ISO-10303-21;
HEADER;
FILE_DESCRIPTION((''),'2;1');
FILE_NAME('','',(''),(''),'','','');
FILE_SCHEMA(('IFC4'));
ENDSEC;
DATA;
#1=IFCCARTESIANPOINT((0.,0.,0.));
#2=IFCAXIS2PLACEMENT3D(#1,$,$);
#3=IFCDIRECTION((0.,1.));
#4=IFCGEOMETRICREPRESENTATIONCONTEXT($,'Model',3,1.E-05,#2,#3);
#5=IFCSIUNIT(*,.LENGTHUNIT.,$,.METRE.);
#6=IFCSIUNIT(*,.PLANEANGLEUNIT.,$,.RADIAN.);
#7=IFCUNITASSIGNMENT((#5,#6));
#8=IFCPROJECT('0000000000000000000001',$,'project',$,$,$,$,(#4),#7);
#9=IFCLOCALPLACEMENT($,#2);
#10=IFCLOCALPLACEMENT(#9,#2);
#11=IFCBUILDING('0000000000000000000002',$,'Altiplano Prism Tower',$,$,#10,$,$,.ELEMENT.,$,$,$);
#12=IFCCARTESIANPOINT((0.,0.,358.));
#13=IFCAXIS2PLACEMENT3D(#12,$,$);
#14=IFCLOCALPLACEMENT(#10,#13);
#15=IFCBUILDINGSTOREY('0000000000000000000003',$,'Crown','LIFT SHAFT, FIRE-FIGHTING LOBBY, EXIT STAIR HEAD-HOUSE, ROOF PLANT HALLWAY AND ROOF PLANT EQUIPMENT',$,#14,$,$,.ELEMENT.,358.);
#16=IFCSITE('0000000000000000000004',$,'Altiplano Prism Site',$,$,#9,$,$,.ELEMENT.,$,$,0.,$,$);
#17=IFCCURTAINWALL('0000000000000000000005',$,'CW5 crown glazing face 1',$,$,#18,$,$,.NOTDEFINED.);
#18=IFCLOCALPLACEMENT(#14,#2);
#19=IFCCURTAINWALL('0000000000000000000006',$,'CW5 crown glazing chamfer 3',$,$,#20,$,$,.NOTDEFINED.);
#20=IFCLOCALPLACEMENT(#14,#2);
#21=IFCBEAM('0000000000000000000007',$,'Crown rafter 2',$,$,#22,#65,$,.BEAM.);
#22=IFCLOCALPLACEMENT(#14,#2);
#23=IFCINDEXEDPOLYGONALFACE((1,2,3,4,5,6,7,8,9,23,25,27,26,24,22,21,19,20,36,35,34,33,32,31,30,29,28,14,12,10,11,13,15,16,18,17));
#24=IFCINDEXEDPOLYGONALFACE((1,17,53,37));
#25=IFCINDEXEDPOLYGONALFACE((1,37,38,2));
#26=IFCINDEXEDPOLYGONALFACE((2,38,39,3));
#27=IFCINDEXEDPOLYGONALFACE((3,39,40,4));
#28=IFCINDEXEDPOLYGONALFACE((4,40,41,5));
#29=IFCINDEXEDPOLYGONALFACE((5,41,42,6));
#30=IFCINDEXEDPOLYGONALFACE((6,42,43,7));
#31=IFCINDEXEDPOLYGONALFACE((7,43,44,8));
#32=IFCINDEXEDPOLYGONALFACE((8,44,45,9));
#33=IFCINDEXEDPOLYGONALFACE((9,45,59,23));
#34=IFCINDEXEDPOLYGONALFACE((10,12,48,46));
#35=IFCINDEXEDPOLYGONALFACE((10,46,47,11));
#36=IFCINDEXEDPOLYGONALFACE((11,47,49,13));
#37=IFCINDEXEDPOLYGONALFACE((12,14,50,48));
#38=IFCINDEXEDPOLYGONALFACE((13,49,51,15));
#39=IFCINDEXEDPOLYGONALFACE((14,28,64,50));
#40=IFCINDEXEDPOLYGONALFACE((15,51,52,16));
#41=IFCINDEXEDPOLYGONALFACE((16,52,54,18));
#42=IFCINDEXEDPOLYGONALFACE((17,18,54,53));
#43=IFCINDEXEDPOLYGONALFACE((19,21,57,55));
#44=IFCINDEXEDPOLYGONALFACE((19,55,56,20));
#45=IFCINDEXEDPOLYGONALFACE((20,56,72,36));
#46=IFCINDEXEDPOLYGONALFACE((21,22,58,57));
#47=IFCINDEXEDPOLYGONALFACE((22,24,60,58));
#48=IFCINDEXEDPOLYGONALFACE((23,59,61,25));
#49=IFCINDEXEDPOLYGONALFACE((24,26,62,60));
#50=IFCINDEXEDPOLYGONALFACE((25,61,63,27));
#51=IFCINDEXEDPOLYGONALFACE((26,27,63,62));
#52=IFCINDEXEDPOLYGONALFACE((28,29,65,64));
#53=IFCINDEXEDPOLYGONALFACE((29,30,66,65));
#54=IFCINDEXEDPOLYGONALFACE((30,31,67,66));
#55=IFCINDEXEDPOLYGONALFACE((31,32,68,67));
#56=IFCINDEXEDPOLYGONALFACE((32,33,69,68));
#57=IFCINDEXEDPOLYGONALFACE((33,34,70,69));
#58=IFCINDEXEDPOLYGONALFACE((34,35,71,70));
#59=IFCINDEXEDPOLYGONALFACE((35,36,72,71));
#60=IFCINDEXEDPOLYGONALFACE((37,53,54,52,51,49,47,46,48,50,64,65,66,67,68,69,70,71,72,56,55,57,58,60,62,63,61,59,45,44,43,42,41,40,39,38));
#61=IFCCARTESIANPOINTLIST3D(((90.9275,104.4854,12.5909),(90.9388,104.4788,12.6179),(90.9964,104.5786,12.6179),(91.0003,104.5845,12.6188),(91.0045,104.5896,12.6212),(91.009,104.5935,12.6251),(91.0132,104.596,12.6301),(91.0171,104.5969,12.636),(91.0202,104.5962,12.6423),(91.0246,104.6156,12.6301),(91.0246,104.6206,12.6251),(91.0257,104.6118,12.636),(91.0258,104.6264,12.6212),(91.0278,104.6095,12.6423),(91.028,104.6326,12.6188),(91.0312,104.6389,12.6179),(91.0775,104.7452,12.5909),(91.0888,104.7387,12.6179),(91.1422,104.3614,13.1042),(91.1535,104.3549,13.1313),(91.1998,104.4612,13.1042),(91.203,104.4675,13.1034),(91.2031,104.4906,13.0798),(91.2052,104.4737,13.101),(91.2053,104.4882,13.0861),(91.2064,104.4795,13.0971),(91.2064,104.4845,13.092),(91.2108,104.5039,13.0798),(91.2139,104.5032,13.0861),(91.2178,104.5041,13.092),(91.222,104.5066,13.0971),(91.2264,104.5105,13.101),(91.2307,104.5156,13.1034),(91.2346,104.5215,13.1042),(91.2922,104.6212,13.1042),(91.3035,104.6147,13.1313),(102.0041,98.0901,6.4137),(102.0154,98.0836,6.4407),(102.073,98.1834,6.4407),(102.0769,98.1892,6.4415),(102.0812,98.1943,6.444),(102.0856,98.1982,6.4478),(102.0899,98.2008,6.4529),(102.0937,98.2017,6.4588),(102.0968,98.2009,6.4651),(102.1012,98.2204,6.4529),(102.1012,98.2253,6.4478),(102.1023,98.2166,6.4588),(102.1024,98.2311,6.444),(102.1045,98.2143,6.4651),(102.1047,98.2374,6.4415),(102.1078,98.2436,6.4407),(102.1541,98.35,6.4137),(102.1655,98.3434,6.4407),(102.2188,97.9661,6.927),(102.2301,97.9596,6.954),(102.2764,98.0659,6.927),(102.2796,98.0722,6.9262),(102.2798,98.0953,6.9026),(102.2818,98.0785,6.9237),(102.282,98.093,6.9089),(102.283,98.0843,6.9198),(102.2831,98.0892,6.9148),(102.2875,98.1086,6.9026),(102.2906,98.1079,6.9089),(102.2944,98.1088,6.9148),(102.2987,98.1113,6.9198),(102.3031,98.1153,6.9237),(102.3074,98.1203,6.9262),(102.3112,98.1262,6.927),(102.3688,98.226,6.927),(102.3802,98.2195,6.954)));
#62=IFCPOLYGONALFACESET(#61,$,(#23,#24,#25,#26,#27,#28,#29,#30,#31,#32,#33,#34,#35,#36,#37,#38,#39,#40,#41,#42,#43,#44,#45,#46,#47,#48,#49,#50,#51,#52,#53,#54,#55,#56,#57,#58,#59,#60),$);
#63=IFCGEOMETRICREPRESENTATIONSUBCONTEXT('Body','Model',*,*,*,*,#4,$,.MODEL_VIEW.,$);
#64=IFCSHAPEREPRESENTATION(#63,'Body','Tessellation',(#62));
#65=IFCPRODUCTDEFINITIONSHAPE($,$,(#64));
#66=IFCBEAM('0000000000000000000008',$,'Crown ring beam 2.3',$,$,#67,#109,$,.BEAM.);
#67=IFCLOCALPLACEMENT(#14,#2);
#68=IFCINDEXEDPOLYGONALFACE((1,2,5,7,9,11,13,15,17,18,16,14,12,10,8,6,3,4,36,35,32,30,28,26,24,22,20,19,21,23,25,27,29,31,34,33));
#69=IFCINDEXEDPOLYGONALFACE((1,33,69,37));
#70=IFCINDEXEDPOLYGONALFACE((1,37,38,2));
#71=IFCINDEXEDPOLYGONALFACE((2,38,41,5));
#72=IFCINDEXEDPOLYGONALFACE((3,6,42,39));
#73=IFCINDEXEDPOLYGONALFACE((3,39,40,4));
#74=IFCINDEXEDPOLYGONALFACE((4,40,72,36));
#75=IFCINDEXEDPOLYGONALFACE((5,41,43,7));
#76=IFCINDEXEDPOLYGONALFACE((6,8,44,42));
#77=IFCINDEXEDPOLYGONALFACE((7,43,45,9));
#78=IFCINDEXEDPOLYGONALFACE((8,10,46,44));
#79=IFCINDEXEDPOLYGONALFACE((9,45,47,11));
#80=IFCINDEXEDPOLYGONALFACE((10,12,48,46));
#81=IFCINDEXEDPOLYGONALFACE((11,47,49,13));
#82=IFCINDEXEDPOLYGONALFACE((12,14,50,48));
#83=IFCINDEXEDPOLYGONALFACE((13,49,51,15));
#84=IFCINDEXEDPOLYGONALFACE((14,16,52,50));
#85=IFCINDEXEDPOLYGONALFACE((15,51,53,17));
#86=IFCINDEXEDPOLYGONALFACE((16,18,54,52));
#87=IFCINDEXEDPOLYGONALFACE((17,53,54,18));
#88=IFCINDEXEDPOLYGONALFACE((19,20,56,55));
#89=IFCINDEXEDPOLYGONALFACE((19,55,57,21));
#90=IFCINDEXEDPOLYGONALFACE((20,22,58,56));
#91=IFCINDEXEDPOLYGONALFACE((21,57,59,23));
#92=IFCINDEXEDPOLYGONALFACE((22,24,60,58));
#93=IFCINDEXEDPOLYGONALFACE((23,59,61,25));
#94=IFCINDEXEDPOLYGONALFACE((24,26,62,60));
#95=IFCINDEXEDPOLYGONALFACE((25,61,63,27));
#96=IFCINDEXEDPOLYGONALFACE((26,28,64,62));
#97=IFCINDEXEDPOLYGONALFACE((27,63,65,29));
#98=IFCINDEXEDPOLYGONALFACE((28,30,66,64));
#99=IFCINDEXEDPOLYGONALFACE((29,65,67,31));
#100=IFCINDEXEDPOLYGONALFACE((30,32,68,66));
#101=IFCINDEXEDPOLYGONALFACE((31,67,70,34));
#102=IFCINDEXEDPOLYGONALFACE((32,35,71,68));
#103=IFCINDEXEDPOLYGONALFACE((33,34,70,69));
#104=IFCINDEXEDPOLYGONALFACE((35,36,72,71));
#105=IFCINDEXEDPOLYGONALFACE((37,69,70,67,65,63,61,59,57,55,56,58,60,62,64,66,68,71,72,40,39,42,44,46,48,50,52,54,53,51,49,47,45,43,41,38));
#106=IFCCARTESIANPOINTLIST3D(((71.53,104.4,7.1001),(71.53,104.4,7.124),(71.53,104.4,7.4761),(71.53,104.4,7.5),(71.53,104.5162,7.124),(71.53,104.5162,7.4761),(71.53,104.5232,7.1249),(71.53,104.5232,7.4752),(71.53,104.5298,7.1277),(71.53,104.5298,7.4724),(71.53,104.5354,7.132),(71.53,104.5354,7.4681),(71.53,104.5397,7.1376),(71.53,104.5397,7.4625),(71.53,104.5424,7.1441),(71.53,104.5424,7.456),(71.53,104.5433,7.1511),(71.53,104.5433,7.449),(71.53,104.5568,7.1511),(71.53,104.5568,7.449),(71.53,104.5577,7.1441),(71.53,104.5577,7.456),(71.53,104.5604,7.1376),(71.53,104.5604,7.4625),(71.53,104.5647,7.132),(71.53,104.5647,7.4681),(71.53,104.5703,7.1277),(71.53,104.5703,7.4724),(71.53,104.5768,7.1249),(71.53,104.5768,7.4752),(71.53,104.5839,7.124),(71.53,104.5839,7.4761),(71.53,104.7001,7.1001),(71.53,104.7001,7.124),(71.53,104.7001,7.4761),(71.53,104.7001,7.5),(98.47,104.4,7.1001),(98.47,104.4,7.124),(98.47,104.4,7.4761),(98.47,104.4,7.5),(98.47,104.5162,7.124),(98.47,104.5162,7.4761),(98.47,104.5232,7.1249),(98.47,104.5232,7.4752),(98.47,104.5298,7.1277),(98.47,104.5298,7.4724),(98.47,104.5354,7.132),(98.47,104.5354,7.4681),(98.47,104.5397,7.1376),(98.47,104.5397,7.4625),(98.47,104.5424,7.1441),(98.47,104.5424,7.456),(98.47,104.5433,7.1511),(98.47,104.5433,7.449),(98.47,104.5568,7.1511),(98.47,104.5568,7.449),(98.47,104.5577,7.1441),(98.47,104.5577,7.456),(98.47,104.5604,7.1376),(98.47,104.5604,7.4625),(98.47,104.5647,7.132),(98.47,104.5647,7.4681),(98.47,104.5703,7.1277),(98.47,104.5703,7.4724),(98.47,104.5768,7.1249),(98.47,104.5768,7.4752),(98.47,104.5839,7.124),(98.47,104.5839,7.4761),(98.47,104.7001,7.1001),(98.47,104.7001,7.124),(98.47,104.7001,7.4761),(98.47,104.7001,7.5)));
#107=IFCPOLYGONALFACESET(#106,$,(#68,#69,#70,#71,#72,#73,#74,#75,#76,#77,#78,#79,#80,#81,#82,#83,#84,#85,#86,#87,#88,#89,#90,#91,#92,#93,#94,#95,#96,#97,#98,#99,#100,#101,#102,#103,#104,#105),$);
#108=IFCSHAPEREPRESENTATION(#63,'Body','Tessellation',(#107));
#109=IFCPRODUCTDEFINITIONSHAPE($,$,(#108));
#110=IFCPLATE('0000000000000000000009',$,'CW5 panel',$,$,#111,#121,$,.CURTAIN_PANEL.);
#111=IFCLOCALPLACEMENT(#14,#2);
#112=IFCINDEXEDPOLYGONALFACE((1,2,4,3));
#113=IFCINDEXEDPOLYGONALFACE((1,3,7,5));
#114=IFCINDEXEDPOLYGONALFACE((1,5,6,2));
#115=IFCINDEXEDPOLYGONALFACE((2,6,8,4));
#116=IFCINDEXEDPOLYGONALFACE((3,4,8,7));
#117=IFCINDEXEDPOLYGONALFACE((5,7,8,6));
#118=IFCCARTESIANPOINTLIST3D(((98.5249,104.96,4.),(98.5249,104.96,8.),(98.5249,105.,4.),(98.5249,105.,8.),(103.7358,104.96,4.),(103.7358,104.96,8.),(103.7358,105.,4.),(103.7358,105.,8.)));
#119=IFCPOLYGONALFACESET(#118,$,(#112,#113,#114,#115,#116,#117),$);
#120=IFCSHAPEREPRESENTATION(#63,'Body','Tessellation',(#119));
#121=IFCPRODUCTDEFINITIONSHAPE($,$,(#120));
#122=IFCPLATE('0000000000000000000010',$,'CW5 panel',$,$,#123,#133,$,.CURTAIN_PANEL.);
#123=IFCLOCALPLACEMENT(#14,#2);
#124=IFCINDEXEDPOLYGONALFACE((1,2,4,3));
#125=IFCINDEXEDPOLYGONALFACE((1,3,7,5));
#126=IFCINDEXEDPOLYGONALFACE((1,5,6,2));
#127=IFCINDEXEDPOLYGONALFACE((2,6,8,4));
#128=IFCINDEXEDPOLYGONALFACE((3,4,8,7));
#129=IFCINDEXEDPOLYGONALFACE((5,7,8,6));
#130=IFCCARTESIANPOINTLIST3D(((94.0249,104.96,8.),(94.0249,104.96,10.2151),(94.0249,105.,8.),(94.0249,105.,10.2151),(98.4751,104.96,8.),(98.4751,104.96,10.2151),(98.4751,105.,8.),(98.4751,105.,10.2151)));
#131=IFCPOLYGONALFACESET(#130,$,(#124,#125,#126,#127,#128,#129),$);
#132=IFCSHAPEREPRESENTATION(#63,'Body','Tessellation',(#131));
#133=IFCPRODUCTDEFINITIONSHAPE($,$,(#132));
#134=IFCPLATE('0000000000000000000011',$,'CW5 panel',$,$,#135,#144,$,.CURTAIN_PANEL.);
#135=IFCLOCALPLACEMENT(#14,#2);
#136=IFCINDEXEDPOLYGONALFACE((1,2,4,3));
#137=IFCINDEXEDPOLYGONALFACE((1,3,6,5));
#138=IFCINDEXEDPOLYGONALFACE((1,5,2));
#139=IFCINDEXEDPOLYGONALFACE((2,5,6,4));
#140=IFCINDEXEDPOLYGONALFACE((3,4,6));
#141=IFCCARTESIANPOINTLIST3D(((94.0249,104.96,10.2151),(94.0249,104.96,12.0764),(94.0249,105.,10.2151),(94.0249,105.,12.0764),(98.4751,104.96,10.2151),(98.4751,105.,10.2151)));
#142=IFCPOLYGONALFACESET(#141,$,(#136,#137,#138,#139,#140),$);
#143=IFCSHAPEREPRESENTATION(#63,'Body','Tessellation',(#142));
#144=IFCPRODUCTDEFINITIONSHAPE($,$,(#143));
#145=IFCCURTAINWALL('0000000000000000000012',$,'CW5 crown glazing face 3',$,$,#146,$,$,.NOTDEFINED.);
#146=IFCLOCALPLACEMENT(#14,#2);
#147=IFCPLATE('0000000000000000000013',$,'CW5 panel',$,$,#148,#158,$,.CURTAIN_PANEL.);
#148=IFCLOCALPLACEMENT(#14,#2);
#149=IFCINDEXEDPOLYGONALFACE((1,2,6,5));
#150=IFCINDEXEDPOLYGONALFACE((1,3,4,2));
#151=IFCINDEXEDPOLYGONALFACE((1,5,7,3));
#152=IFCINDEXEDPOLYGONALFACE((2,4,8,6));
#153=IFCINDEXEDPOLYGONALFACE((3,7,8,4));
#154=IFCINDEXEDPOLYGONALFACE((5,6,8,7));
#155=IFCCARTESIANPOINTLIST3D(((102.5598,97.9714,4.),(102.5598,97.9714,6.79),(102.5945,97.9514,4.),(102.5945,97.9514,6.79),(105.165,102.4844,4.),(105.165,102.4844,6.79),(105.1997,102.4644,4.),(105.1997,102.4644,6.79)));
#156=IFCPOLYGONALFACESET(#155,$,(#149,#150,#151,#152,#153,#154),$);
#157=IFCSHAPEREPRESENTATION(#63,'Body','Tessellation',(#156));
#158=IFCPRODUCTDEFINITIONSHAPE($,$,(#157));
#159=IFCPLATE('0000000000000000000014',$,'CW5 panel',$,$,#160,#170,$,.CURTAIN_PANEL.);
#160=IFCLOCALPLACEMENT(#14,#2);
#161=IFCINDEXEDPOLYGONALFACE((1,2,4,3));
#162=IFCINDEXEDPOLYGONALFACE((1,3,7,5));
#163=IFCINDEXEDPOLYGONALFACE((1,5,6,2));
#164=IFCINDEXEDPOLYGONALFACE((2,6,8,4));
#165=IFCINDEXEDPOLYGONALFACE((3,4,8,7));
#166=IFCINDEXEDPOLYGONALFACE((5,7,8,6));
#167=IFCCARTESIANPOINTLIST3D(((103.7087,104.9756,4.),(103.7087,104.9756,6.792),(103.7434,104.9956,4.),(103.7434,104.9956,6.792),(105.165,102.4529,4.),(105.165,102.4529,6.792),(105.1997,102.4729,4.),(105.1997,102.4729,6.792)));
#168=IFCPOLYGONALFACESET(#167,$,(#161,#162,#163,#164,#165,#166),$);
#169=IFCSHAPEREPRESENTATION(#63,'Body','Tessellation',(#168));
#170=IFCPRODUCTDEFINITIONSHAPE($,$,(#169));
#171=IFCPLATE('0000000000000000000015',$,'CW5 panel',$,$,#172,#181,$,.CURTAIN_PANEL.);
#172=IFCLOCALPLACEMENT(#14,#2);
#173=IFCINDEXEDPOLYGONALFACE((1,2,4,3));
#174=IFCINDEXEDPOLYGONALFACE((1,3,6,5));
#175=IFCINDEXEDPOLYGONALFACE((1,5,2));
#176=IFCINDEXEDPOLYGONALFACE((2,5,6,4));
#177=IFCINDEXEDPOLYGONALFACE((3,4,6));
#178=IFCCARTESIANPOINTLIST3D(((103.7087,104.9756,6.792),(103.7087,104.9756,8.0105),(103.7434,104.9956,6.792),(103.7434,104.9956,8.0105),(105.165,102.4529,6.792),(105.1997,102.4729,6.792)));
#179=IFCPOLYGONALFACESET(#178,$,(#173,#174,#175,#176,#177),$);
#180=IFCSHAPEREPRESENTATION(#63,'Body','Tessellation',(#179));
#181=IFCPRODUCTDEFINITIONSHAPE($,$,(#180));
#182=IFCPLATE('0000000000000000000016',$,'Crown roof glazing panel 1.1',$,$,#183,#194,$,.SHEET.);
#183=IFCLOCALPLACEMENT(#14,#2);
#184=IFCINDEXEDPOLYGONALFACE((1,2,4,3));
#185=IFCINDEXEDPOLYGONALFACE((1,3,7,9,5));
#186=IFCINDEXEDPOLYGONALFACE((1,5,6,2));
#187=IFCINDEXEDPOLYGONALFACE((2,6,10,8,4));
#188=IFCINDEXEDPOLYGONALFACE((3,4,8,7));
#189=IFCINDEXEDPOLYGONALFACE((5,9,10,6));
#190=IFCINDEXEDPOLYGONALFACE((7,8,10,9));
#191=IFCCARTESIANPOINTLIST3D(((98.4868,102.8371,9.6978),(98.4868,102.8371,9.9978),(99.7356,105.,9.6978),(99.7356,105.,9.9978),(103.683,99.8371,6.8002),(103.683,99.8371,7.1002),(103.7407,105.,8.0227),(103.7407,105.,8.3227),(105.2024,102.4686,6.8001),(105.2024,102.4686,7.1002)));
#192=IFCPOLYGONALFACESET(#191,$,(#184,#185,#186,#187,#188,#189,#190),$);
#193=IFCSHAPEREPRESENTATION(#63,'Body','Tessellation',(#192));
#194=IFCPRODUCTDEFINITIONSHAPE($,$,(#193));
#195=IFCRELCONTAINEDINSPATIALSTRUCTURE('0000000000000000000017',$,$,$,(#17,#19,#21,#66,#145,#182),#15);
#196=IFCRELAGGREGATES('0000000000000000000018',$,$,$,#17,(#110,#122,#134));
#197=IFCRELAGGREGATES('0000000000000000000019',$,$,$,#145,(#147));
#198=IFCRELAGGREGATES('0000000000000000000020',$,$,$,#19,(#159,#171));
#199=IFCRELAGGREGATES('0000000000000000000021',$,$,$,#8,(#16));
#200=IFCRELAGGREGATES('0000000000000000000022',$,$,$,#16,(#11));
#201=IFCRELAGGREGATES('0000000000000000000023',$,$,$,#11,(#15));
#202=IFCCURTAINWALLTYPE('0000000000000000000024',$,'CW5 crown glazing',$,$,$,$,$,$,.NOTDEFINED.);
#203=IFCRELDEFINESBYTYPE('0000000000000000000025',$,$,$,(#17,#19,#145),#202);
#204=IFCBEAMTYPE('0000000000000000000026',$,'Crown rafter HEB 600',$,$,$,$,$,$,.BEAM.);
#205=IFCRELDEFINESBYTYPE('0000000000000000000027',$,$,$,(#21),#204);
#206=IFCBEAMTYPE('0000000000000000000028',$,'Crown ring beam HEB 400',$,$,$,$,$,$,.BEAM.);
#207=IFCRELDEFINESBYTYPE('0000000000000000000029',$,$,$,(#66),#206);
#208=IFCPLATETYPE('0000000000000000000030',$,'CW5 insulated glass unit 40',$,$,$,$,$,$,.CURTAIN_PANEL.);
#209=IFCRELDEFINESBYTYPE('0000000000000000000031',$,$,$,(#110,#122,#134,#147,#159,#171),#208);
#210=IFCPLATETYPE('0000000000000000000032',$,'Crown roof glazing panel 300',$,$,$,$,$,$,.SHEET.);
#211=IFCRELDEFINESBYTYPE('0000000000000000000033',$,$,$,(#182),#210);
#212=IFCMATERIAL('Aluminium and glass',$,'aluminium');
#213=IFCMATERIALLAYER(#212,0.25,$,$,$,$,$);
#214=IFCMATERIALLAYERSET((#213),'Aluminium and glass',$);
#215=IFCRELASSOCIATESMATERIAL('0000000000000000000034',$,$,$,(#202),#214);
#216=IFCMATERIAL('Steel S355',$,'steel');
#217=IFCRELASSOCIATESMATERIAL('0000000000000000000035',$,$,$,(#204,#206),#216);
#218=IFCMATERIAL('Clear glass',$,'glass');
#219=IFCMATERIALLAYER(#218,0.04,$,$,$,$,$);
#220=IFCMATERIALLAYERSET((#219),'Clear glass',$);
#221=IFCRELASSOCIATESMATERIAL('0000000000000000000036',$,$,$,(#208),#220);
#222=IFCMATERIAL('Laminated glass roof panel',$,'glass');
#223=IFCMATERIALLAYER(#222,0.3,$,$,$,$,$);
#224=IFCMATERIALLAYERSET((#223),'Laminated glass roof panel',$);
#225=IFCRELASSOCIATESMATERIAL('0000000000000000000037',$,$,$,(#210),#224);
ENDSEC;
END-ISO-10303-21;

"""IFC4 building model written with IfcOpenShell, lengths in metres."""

from ifc_helpers import new_model, si_unit, direction, frame, origin, origin_2d, place, context, subcontext, project, spatial, polyline, i_section, outline, extrude, material, layer, layer_set, material_profile, profile_set, type_object, element, aggregate, save


model = new_model("IFC4")

# Units and contexts
model_context = context("Model", 3, precision=1e-05, world=origin(), true_north=direction((0.0, 1.0)))
body_context = subcontext(model_context, "Body", "Model", "MODEL_VIEW")
ifc_project = project(units=[si_unit("LENGTHUNIT", "METRE"), si_unit("PLANEANGLEUNIT", "RADIAN")], contexts=[model_context])

# Site, building, storey
site_placement = place(None, origin())
site = spatial("IfcSite", under=ifc_project, at=site_placement, Name="Altiplano Prism Site", CompositionType="ELEMENT", RefElevation=0.0)
building_placement = place(site_placement, origin())
building = spatial("IfcBuilding", under=site, at=building_placement, Name="Altiplano Prism Tower", CompositionType="ELEMENT")
storey_placement = place(building_placement, frame((0.0, 0.0, 358.0)))
storey = spatial("IfcBuildingStorey", under=building, at=storey_placement, Name="Crown", Description="LIFT SHAFT, FIRE-FIGHTING LOBBY, EXIT STAIR HEAD-HOUSE, ROOF PLANT HALLWAY AND ROOF PLANT EQUIPMENT", CompositionType="ELEMENT", Elevation=358.0)

# Curtain wall
ifc_material_1 = material(Name="Aluminium and glass", Category="aluminium")
ifc_layer_1 = layer(ifc_material_1, 0.25)
ifc_layer_set_1 = layer_set([ifc_layer_1], Name="Aluminium and glass")
curtain_wall_type = type_object("IfcCurtainWallType", Name="CW5 crown glazing", PredefinedType="NOTDEFINED", material=ifc_layer_set_1)
curtain_wall_1_placement = place(storey_placement, origin())
curtain_wall_1 = element("IfcCurtainWall", 1, at=curtain_wall_1_placement, inside=storey, type_object=curtain_wall_type, Name="CW5 crown glazing face 1", PredefinedType="NOTDEFINED")

# Curtain wall
curtain_wall_2_placement = place(storey_placement, origin())
curtain_wall_2 = element("IfcCurtainWall", 2, at=curtain_wall_2_placement, inside=storey, type_object=curtain_wall_type, Name="CW5 crown glazing chamfer 3", PredefinedType="NOTDEFINED")

# Beams
ifc_material_2 = material(Name="Steel S355", Category="steel")
ifc_material_profile_1 = material_profile(ifc_material_2, i_section(OverallWidth=0.3, OverallDepth=0.6001, WebThickness=0.0154, FlangeThickness=0.03, FilletRadius=0.0271, at=origin_2d()), Name="Crown rafter HEB 600")
ifc_profile_set_1 = profile_set([ifc_material_profile_1], Name="Steel S355")
beam_type_1 = type_object("IfcBeamType", Name="Crown rafter HEB 600", PredefinedType="BEAM", material=ifc_profile_set_1)
beam_1_placement = place(storey_placement, frame((102.1921, 98.1548, 6.6838), z_axis=(-0.779833, 0.450248, 0.434899), x_axis=(-0.500009, -0.86602, 0.0)))
element("IfcBeam", 3, at=beam_1_placement, inside=storey, type_object=beam_type_1, Name="Crown rafter 2", PredefinedType="BEAM", context=body_context, shape_type="SweptSolid", body=[
    extrude(i_section(OverallWidth=0.3, OverallDepth=0.6001, WebThickness=0.0154, FlangeThickness=0.03, FilletRadius=0.0271, at=origin_2d()), origin(), (0.0, 0.0, 1.0), 14.2039),
])
ifc_material_profile_2 = material_profile(ifc_material_2, i_section(OverallWidth=0.3, OverallDepth=0.3999, WebThickness=0.0134, FlangeThickness=0.0239, FilletRadius=0.0271, at=origin_2d()), Name="Crown ring beam HEB 400")
ifc_profile_set_2 = profile_set([ifc_material_profile_2], Name="Steel S355")
beam_type_2 = type_object("IfcBeamType", Name="Crown ring beam HEB 400", PredefinedType="BEAM", material=ifc_profile_set_2)
beam_2_placement = place(storey_placement, frame((98.47, 104.55, 7.3), z_axis=(-1.0, 0.0, 0.0), x_axis=(0.0, -1.0, 0.0)))
element("IfcBeam", 4, at=beam_2_placement, inside=storey, type_object=beam_type_2, Name="Crown ring beam 2.3", PredefinedType="BEAM", context=body_context, shape_type="SweptSolid", body=[
    extrude(i_section(OverallWidth=0.3, OverallDepth=0.3999, WebThickness=0.0134, FlangeThickness=0.0239, FilletRadius=0.0271, at=origin_2d()), origin(), (0.0, 0.0, 1.0), 26.9399),
])

# Plates
ifc_material_3 = material(Name="Clear glass", Category="glass")
ifc_layer_2 = layer(ifc_material_3, 0.04)
ifc_layer_set_2 = layer_set([ifc_layer_2], Name="Clear glass")
plate_type_1 = type_object("IfcPlateType", Name="CW5 insulated glass unit 40", PredefinedType="CURTAIN_PANEL", material=ifc_layer_set_2)
plate_1_placement = place(storey_placement, frame((103.7358, 105.0, 4.0), z_axis=(0.0, 1.0, 0.0), x_axis=(-1.0, 0.0, 0.0)))
plate_1 = element("IfcPlate", 5, at=plate_1_placement, type_object=plate_type_1, Name="CW5 panel", PredefinedType="CURTAIN_PANEL", context=body_context, shape_type="SweptSolid", body=[
    extrude(outline(polyline([(0.0, 0.0), (5.2109, 0.0), (5.2109, 4.0), (0.0, 4.0), (0.0, 0.0)])), origin(), (0.0, 0.0, -1.0), 0.04),
])
plate_2_placement = place(storey_placement, frame((98.4751, 105.0, 8.0), z_axis=(0.0, 1.0, 0.0), x_axis=(-1.0, 0.0, 0.0)))
plate_2 = element("IfcPlate", 6, at=plate_2_placement, type_object=plate_type_1, Name="CW5 panel", PredefinedType="CURTAIN_PANEL", context=body_context, shape_type="SweptSolid", body=[
    extrude(outline(polyline([(0.0, 0.0), (4.4502, 0.0), (4.4502, 2.2151), (0.0, 2.2151), (0.0, 0.0)])), origin(), (0.0, 0.0, -1.0), 0.04),
])
plate_3_placement = place(storey_placement, frame((98.4751, 105.0, 10.2151), z_axis=(0.0, 1.0, 0.0), x_axis=(-1.0, 0.0, 0.0)))
plate_3 = element("IfcPlate", 7, at=plate_3_placement, type_object=plate_type_1, Name="CW5 panel", PredefinedType="CURTAIN_PANEL", context=body_context, shape_type="SweptSolid", body=[
    extrude(outline(polyline([(0.0, 0.0), (4.4502, 0.0), (4.4502, 1.8613), (0.0, 0.0)])), origin(), (0.0, 0.0, -1.0), 0.04),
])
aggregate(curtain_wall_1, [plate_1, plate_2, plate_3])

# Curtain wall, plate
curtain_wall_3_placement = place(storey_placement, origin())
curtain_wall_3 = element("IfcCurtainWall", 8, at=curtain_wall_3_placement, inside=storey, type_object=curtain_wall_type, Name="CW5 crown glazing face 3", PredefinedType="NOTDEFINED")
plate_4_placement = place(storey_placement, frame((102.5945, 97.9514, 4.0), z_axis=(0.866052, -0.499954, 0.0), x_axis=(0.499954, 0.866052, 0.0)))
plate_4 = element("IfcPlate", 9, at=plate_4_placement, type_object=plate_type_1, Name="CW5 panel", PredefinedType="CURTAIN_PANEL", context=body_context, shape_type="SweptSolid", body=[
    extrude(outline(polyline([(0.0, 0.0), (5.2109, 0.0), (5.2109, 2.79), (0.0, 2.79), (0.0, 0.0)])), origin(), (0.0, 0.0, -1.0), 0.04),
])
aggregate(curtain_wall_3, [plate_4])

# Plates
plate_5_placement = place(storey_placement, frame((105.1997, 102.4729, 4.0), z_axis=(0.866053, 0.499952, 0.0), x_axis=(-0.499952, 0.866053, 0.0)))
plate_5 = element("IfcPlate", 10, at=plate_5_placement, type_object=plate_type_1, Name="CW5 panel", PredefinedType="CURTAIN_PANEL", context=body_context, shape_type="SweptSolid", body=[
    extrude(outline(polyline([(0.0, 0.0), (2.9128, 0.0), (2.9128, 2.792), (0.0, 2.792), (0.0, 0.0)])), origin(), (0.0, 0.0, -1.0), 0.04),
])
plate_6_placement = place(storey_placement, frame((105.1997, 102.4729, 6.792), z_axis=(0.866053, 0.499952, 0.0), x_axis=(-0.499952, 0.866053, 0.0)))
plate_6 = element("IfcPlate", 11, at=plate_6_placement, type_object=plate_type_1, Name="CW5 panel", PredefinedType="CURTAIN_PANEL", context=body_context, shape_type="SweptSolid", body=[
    extrude(outline(polyline([(0.0, 0.0), (2.9128, 0.0), (2.9128, 1.2185), (0.0, 0.0)])), origin(), (0.0, 0.0, -1.0), 0.04),
])
aggregate(curtain_wall_2, [plate_5, plate_6])

# Plate
ifc_material_4 = material(Name="Laminated glass roof panel", Category="glass")
ifc_layer_3 = layer(ifc_material_4, 0.3)
ifc_layer_set_3 = layer_set([ifc_layer_3], Name="Laminated glass roof panel")
plate_type_2 = type_object("IfcPlateType", Name="Crown roof glazing panel 300", PredefinedType="SHEET", material=ifc_layer_set_3)
plate_7_placement = place(storey_placement, frame((99.7356, 105.0, 9.9978), z_axis=(0.376621, -0.217429, 0.900489), x_axis=(-0.500011, -0.866019, 0.000019)))
element("IfcPlate", 12, at=plate_7_placement, inside=storey, type_object=plate_type_2, Name="Crown roof glazing panel 1.1", PredefinedType="SHEET", context=body_context, shape_type="SweptSolid", body=[
    extrude(outline(polyline([(0.0, 0.0), (2.4976, 0.0), (2.4973, 6.6631), (-0.5413, 6.6631), (-2.0027, 3.8518), (0.0, 0.0)])), origin(), (-0.000019, 0.434878, -0.900489), 0.3),
])

save(model, "model.ifc")
